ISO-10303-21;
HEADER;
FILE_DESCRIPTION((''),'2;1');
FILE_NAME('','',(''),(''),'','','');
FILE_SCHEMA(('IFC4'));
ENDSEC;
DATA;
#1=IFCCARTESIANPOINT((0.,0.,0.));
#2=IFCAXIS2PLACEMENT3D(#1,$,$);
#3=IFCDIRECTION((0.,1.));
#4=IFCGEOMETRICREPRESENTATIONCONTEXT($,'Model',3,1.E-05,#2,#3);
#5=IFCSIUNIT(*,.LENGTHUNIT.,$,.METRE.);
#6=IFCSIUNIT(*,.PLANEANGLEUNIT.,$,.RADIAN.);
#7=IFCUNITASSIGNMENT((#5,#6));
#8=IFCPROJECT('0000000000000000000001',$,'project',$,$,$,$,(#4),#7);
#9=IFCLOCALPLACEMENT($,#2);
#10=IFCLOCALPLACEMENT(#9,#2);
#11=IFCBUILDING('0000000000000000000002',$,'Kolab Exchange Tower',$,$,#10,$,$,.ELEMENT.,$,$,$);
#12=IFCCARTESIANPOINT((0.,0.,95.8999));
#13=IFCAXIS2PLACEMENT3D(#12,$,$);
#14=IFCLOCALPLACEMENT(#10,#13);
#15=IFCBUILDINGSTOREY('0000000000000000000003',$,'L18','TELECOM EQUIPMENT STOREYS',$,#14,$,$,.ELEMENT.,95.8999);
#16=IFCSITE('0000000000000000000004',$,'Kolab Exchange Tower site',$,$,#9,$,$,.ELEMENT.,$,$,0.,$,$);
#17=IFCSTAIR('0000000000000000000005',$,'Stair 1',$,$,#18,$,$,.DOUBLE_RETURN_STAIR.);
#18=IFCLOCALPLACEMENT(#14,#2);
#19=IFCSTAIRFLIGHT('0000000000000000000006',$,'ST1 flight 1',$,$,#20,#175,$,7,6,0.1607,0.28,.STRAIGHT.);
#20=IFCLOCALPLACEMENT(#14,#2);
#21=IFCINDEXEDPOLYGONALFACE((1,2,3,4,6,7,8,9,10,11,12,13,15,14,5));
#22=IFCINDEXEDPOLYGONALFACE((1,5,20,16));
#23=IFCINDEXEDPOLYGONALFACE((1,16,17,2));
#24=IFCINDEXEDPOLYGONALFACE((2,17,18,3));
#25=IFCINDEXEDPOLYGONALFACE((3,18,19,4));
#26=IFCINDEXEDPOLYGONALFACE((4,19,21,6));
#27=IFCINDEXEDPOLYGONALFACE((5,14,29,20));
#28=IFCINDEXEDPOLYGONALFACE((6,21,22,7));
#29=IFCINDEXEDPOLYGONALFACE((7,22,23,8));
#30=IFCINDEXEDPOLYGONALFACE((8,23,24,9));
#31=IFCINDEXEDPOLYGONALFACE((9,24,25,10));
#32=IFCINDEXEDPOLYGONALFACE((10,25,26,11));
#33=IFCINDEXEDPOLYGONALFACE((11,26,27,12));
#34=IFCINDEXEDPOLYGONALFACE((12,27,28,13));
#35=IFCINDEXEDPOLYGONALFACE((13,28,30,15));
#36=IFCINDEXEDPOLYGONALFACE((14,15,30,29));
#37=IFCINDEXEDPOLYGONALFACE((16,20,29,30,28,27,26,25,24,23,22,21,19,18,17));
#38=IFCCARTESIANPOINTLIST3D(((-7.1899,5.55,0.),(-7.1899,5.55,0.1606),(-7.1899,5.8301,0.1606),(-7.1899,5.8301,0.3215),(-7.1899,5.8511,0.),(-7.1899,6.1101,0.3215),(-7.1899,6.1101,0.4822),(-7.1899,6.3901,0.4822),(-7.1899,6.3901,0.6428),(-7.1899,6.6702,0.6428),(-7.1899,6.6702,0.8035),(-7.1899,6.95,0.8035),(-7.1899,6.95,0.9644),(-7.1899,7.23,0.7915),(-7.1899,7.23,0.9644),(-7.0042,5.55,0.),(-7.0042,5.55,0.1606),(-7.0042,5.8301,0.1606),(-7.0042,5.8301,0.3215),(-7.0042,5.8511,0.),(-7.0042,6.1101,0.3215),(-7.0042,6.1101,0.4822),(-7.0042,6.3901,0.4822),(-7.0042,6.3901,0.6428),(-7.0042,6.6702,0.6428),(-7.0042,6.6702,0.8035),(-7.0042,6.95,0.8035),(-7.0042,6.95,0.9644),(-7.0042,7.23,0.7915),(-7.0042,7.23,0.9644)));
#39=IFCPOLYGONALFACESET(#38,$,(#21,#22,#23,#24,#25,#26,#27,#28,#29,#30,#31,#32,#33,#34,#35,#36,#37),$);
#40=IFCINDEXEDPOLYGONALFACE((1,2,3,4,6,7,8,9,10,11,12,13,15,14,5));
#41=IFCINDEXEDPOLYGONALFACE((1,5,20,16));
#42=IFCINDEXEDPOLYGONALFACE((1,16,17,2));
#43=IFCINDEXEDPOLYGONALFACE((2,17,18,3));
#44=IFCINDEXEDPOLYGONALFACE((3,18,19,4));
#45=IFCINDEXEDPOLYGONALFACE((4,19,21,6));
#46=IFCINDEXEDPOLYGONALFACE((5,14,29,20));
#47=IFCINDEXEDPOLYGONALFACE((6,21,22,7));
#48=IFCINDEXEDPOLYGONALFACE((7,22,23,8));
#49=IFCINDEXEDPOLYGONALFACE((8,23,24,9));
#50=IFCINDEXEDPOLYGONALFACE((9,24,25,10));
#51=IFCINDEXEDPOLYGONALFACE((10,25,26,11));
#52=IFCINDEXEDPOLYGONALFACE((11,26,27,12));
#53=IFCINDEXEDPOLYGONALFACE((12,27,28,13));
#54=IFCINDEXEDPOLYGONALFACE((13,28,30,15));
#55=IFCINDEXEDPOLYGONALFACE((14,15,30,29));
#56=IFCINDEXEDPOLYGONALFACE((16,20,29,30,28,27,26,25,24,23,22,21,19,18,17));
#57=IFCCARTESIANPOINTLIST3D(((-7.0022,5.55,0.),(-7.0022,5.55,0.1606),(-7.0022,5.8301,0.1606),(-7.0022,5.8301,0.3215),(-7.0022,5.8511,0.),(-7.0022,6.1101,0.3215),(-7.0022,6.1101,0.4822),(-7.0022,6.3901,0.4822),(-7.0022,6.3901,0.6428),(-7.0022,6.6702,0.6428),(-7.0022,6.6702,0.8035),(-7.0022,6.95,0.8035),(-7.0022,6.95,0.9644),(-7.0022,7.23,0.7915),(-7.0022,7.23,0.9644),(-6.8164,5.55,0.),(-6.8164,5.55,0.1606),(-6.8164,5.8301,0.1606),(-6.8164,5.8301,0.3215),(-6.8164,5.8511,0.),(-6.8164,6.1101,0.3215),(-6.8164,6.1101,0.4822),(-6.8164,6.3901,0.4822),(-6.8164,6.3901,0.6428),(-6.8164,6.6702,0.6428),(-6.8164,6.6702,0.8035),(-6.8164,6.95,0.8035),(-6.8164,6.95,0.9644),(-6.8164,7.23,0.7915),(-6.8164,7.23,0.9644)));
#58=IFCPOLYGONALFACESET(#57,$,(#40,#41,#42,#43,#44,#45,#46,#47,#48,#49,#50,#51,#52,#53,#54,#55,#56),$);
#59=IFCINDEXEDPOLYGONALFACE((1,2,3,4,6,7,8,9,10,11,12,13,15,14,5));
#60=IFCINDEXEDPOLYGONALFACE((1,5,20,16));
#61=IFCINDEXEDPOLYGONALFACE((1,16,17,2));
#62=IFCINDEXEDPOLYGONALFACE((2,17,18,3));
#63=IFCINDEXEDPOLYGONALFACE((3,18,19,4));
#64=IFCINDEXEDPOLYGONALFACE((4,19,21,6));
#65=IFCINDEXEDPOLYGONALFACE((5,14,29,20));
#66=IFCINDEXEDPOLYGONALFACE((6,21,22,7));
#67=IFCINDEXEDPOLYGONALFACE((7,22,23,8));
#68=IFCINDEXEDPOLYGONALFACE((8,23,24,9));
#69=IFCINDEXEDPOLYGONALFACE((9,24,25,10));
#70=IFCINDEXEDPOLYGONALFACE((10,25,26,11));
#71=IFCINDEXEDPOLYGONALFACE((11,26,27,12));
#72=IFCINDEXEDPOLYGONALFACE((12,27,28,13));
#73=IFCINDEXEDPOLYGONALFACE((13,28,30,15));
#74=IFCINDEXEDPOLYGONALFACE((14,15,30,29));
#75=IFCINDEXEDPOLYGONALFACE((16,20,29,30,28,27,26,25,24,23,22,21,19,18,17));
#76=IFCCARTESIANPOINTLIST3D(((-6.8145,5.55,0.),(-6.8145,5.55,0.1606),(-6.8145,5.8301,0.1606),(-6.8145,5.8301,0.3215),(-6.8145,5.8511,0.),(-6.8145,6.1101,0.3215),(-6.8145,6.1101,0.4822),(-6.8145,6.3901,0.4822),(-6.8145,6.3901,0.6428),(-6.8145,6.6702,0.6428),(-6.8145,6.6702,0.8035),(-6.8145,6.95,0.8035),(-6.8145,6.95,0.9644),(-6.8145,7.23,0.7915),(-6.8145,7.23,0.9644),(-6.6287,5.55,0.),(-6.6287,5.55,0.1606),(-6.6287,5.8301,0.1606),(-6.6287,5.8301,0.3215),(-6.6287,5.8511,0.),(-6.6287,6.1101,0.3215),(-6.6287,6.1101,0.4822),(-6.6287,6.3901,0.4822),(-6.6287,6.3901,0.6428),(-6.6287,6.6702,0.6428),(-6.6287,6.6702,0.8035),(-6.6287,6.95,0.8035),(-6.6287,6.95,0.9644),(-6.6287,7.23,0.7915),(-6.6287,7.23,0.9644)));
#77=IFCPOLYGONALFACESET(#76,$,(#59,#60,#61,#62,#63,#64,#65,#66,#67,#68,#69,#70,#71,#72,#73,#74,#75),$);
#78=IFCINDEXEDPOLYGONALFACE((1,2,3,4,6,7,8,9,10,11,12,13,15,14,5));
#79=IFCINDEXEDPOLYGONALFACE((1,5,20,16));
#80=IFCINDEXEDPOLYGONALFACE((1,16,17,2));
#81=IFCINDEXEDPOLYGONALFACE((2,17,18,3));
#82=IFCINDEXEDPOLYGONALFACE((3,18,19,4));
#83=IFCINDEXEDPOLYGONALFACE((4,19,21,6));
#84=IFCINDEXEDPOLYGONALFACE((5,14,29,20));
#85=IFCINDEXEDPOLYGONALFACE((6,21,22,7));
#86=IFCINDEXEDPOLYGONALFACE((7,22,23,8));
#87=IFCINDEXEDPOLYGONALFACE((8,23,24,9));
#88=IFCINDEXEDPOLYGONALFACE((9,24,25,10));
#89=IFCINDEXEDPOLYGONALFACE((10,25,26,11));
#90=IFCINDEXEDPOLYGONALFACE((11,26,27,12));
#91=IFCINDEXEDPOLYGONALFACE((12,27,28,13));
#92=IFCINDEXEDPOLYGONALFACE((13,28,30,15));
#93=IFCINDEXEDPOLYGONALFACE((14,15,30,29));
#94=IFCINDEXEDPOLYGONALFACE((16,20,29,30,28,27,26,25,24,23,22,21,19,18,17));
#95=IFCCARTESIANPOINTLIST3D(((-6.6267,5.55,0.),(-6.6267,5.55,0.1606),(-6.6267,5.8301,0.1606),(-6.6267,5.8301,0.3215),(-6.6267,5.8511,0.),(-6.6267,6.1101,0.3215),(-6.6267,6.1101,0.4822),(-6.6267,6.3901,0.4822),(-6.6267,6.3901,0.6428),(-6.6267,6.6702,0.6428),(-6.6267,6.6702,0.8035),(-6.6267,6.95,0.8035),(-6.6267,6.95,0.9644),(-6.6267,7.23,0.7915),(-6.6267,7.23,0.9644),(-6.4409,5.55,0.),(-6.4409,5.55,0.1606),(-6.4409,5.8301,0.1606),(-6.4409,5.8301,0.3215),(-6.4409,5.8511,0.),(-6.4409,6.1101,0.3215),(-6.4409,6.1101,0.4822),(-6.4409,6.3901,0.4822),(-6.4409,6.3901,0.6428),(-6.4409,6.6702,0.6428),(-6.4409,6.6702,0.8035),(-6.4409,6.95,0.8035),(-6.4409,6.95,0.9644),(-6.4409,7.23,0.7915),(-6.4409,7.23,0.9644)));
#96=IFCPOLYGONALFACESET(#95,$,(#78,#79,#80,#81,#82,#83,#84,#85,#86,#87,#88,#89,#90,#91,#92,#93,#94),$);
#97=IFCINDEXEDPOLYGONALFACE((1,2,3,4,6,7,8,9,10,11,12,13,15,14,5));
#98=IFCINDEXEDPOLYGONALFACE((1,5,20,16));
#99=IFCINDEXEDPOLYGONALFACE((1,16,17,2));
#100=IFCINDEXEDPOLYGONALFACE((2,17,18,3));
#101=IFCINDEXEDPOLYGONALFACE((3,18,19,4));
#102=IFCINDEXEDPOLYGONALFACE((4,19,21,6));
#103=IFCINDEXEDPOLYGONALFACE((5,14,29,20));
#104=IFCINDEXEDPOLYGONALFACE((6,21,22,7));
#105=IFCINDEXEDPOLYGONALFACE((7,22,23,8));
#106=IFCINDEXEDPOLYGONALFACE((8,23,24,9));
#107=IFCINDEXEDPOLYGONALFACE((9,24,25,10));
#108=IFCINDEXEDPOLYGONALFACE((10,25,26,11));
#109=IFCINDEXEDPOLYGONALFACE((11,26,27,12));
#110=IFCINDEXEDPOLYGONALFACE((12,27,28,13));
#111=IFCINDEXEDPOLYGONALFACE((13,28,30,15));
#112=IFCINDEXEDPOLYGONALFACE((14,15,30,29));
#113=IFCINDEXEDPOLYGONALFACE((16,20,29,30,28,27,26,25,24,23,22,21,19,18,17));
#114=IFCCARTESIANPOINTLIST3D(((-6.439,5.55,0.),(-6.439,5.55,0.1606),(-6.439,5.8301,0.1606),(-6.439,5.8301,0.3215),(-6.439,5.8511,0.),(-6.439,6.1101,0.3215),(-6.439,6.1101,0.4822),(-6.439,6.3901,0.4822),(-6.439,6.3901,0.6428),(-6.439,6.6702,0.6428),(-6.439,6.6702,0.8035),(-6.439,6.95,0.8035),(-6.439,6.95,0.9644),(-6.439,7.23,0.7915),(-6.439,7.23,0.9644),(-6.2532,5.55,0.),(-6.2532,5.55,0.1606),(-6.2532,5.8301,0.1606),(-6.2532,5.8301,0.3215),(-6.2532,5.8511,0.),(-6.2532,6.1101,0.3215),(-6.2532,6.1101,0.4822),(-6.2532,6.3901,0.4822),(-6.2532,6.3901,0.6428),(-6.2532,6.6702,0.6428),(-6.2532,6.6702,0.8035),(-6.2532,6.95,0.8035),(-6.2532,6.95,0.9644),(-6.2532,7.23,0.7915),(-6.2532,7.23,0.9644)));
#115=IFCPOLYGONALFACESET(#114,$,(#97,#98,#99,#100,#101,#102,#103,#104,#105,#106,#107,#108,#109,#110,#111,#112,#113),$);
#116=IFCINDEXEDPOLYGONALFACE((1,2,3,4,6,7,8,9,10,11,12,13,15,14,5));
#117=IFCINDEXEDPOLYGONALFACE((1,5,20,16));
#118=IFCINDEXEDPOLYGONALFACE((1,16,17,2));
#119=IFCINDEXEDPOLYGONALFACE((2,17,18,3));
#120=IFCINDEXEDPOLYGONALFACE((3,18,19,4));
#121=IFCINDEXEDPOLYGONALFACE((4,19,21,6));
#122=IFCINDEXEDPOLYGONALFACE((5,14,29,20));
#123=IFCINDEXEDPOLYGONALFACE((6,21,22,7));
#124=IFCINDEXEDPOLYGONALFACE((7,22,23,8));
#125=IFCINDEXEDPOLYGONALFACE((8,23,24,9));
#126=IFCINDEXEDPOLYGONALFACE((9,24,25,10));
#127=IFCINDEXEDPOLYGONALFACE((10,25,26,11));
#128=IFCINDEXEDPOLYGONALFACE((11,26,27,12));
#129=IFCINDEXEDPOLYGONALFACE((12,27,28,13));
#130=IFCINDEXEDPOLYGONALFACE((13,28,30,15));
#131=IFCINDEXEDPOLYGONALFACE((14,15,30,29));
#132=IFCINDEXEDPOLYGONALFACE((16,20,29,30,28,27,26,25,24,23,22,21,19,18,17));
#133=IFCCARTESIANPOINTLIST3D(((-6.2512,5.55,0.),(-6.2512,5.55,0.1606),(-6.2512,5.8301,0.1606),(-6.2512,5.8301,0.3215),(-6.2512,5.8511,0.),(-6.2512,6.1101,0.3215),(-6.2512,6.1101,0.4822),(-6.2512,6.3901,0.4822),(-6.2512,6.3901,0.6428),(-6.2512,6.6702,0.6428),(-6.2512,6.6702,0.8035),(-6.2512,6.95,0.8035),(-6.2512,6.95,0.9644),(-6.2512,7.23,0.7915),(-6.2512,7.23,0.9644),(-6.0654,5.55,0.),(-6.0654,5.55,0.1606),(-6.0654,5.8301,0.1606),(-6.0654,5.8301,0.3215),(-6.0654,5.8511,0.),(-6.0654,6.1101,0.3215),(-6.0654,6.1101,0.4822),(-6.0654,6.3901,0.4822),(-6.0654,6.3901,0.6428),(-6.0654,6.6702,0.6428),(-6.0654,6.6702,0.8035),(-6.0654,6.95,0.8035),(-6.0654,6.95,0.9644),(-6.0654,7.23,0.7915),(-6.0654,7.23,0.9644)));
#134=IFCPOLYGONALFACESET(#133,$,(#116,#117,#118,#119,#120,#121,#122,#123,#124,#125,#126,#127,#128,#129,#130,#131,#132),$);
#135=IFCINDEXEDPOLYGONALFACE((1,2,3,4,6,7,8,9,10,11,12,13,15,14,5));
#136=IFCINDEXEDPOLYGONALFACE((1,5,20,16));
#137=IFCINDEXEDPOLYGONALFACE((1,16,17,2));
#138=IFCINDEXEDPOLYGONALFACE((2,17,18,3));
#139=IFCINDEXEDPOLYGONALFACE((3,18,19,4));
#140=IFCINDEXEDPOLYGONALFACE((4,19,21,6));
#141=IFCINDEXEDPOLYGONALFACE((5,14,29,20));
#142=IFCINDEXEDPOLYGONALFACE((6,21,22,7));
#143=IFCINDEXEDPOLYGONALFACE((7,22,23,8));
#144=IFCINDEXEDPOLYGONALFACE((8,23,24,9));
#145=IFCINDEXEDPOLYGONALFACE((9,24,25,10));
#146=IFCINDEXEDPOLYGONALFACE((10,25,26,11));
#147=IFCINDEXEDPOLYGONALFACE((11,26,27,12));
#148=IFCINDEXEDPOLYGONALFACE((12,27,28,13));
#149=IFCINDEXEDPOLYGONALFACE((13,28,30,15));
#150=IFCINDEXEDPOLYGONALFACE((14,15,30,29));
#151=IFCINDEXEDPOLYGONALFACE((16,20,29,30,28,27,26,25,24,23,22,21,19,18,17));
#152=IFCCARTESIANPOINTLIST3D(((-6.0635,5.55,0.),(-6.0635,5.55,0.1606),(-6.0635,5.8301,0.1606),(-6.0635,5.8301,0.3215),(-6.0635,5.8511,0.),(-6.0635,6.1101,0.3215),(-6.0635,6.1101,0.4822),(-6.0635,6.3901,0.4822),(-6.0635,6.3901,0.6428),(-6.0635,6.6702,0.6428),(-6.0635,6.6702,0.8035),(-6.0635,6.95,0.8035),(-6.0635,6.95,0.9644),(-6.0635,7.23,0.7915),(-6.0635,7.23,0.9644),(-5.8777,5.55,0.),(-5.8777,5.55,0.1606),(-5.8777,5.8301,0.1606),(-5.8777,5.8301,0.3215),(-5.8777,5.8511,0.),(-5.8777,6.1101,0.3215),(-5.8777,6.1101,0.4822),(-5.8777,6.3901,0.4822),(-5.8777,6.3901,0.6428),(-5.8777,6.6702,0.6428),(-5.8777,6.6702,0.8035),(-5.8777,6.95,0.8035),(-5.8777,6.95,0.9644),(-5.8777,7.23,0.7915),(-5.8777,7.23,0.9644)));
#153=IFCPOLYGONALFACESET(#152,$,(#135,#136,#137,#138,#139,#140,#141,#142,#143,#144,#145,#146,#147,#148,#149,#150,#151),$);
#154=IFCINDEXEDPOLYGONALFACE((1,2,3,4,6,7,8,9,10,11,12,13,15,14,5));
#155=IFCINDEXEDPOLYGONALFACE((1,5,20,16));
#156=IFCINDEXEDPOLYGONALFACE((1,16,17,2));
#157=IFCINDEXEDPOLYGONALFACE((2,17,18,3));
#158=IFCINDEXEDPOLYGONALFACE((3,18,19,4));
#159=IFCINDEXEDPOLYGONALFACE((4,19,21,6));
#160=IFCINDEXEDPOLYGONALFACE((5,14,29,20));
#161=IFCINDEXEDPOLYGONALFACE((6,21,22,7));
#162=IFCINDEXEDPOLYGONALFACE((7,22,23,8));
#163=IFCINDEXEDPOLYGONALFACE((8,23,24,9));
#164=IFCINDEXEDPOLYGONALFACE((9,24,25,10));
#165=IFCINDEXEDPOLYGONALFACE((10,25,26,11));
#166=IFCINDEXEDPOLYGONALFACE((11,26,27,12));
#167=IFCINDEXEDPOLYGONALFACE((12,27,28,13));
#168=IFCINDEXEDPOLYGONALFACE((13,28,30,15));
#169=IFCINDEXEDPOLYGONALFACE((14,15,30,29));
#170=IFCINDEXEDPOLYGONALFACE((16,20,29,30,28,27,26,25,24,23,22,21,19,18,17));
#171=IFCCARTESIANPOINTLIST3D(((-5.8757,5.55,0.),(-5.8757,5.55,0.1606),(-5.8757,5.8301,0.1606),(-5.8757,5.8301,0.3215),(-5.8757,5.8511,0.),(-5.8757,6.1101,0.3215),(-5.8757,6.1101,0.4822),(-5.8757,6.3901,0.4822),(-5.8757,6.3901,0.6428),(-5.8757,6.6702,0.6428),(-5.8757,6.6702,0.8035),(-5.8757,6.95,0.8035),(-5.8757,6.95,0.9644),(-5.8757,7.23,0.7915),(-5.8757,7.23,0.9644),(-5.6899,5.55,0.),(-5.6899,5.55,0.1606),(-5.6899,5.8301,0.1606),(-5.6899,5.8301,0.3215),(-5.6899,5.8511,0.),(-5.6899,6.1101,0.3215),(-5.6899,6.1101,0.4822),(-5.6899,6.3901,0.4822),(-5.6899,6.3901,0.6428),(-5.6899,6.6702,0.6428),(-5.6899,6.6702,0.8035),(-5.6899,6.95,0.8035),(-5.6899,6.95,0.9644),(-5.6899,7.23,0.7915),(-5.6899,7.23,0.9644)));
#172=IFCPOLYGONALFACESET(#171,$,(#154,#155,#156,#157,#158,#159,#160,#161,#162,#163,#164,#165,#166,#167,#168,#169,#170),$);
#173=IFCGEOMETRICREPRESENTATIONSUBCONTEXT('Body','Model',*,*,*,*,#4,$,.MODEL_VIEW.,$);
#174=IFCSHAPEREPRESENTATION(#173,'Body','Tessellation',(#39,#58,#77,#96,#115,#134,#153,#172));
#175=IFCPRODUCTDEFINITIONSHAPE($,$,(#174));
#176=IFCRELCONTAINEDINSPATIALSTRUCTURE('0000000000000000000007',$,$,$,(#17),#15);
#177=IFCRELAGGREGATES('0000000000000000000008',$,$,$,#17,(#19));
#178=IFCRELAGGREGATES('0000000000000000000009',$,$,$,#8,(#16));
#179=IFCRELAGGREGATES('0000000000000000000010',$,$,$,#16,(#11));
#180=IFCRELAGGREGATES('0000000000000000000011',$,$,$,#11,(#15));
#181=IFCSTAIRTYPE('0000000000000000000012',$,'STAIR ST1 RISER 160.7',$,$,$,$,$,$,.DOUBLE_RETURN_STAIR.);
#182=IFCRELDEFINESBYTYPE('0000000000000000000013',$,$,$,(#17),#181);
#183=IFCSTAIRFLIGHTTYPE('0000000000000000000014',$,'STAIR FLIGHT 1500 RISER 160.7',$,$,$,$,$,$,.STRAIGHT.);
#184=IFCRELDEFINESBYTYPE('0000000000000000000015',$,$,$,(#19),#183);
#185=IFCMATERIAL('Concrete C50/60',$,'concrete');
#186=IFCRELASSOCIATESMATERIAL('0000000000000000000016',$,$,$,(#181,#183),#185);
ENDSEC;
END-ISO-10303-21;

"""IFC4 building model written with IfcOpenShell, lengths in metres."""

from ifc_helpers import new_model, si_unit, direction, frame, origin, place, context, subcontext, project, spatial, polyline, outline, extrude, material, type_object, element, aggregate, save


model = new_model("IFC4")

# Units and contexts
model_context = context("Model", 3, precision=1e-05, world=origin(), true_north=direction((0.0, 1.0)))
body_context = subcontext(model_context, "Body", "Model", "MODEL_VIEW")
ifc_project = project(units=[si_unit("LENGTHUNIT", "METRE"), si_unit("PLANEANGLEUNIT", "RADIAN")], contexts=[model_context])

# Site, building, storey
site_placement = place(None, origin())
site = spatial("IfcSite", under=ifc_project, at=site_placement, Name="Kolab Exchange Tower site", CompositionType="ELEMENT", RefElevation=0.0)
building_placement = place(site_placement, origin())
building = spatial("IfcBuilding", under=site, at=building_placement, Name="Kolab Exchange Tower", CompositionType="ELEMENT")
storey_placement = place(building_placement, frame((0.0, 0.0, 95.8999)))
storey = spatial("IfcBuildingStorey", under=building, at=storey_placement, Name="L18", Description="TELECOM EQUIPMENT STOREYS", CompositionType="ELEMENT", Elevation=95.8999)

# Shared definitions
ifc_material_1 = material(Name="Concrete C50/60", Category="concrete")

# Stair, stair flight
stair_type = type_object("IfcStairType", Name="STAIR ST1 RISER 160.7", PredefinedType="DOUBLE_RETURN_STAIR", material=ifc_material_1)
stair_placement = place(storey_placement, origin())
stair = element("IfcStair", 1, at=stair_placement, inside=storey, type_object=stair_type, Name="Stair 1", PredefinedType="DOUBLE_RETURN_STAIR")
stair_flight_type = type_object("IfcStairFlightType", Name="STAIR FLIGHT 1500 RISER 160.7", PredefinedType="STRAIGHT", material=ifc_material_1)
stair_flight_1_placement = place(storey_placement, frame((-6.4399, 5.55, 0.0), z_axis=(0.0, 0.0, 1.0), x_axis=(0.0, 1.0, 0.0)))
stair_flight_1 = element("IfcStairFlight", 2, at=stair_flight_1_placement, type_object=stair_flight_type, Name="ST1 flight 1", NumberOfRisers=7, NumberOfTreads=6, PredefinedType="STRAIGHT", RiserHeight=0.1607, TreadLength=0.28, context=body_context, shape_type="SweptSolid", body=[
    extrude(outline(polyline([(0.0, 0.0), (0.0, 0.1606), (0.28, 0.1606), (0.28, 0.3215), (0.5601, 0.3215), (0.5601, 0.4822), (0.8401, 0.4822), (0.8401, 0.6428), (1.1201, 0.6428), (1.1201, 0.8035), (1.3999, 0.8035), (1.3999, 0.9644), (1.6799, 0.9644), (1.6799, 1.125), (1.6799, 0.7915), (0.301, 0.0), (0.0, 0.0)])), frame((0.0, 0.75, 0.0), z_axis=(0.0, -1.0, 0.0), x_axis=(1.0, 0.0, 0.0)), (0.0, 0.0, 1.0), 0.1858),
    extrude(outline(polyline([(0.0, 0.0), (0.0, 0.1606), (0.28, 0.1606), (0.28, 0.3215), (0.5601, 0.3215), (0.5601, 0.4822), (0.8401, 0.4822), (0.8401, 0.6428), (1.1201, 0.6428), (1.1201, 0.8035), (1.3999, 0.8035), (1.3999, 0.9644), (1.6799, 0.9644), (1.6799, 1.125), (1.6799, 0.7915), (0.301, 0.0), (0.0, 0.0)])), frame((0.0, 0.5623, 0.0), z_axis=(0.0, -1.0, 0.0), x_axis=(1.0, 0.0, 0.0)), (0.0, 0.0, 1.0), 0.1858),
    extrude(outline(polyline([(0.0, 0.0), (0.0, 0.1606), (0.28, 0.1606), (0.28, 0.3215), (0.5601, 0.3215), (0.5601, 0.4822), (0.8401, 0.4822), (0.8401, 0.6428), (1.1201, 0.6428), (1.1201, 0.8035), (1.3999, 0.8035), (1.3999, 0.9644), (1.6799, 0.9644), (1.6799, 1.125), (1.6799, 0.7915), (0.301, 0.0), (0.0, 0.0)])), frame((0.0, 0.3745, 0.0), z_axis=(0.0, -1.0, 0.0), x_axis=(1.0, 0.0, 0.0)), (0.0, 0.0, 1.0), 0.1858),
    extrude(outline(polyline([(0.0, 0.0), (0.0, 0.1606), (0.28, 0.1606), (0.28, 0.3215), (0.5601, 0.3215), (0.5601, 0.4822), (0.8401, 0.4822), (0.8401, 0.6428), (1.1201, 0.6428), (1.1201, 0.8035), (1.3999, 0.8035), (1.3999, 0.9644), (1.6799, 0.9644), (1.6799, 1.125), (1.6799, 0.7915), (0.301, 0.0), (0.0, 0.0)])), frame((0.0, 0.1868, 0.0), z_axis=(0.0, -1.0, 0.0), x_axis=(1.0, 0.0, 0.0)), (0.0, 0.0, 1.0), 0.1858),
    extrude(outline(polyline([(0.0, 0.0), (0.0, 0.1606), (0.28, 0.1606), (0.28, 0.3215), (0.5601, 0.3215), (0.5601, 0.4822), (0.8401, 0.4822), (0.8401, 0.6428), (1.1201, 0.6428), (1.1201, 0.8035), (1.3999, 0.8035), (1.3999, 0.9644), (1.6799, 0.9644), (1.6799, 1.125), (1.6799, 0.7915), (0.301, 0.0), (0.0, 0.0)])), frame((0.0, -0.001, 0.0), z_axis=(0.0, -1.0, 0.0), x_axis=(1.0, 0.0, 0.0)), (0.0, 0.0, 1.0), 0.1858),
    extrude(outline(polyline([(0.0, 0.0), (0.0, 0.1606), (0.28, 0.1606), (0.28, 0.3215), (0.5601, 0.3215), (0.5601, 0.4822), (0.8401, 0.4822), (0.8401, 0.6428), (1.1201, 0.6428), (1.1201, 0.8035), (1.3999, 0.8035), (1.3999, 0.9644), (1.6799, 0.9644), (1.6799, 1.125), (1.6799, 0.7915), (0.301, 0.0), (0.0, 0.0)])), frame((0.0, -0.1887, 0.0), z_axis=(0.0, -1.0, 0.0), x_axis=(1.0, 0.0, 0.0)), (0.0, 0.0, 1.0), 0.1858),
    extrude(outline(polyline([(0.0, 0.0), (0.0, 0.1606), (0.28, 0.1606), (0.28, 0.3215), (0.5601, 0.3215), (0.5601, 0.4822), (0.8401, 0.4822), (0.8401, 0.6428), (1.1201, 0.6428), (1.1201, 0.8035), (1.3999, 0.8035), (1.3999, 0.9644), (1.6799, 0.9644), (1.6799, 1.125), (1.6799, 0.7915), (0.301, 0.0), (0.0, 0.0)])), frame((0.0, -0.3765, 0.0), z_axis=(0.0, -1.0, 0.0), x_axis=(1.0, 0.0, 0.0)), (0.0, 0.0, 1.0), 0.1858),
    extrude(outline(polyline([(0.0, 0.0), (0.0, 0.1606), (0.28, 0.1606), (0.28, 0.3215), (0.5601, 0.3215), (0.5601, 0.4822), (0.8401, 0.4822), (0.8401, 0.6428), (1.1201, 0.6428), (1.1201, 0.8035), (1.3999, 0.8035), (1.3999, 0.9644), (1.6799, 0.9644), (1.6799, 1.125), (1.6799, 0.7915), (0.301, 0.0), (0.0, 0.0)])), frame((0.0, -0.5642, 0.0), z_axis=(0.0, -1.0, 0.0), x_axis=(1.0, 0.0, 0.0)), (0.0, 0.0, 1.0), 0.1858),
])
aggregate(stair, [stair_flight_1])

save(model, "model.ifc")
